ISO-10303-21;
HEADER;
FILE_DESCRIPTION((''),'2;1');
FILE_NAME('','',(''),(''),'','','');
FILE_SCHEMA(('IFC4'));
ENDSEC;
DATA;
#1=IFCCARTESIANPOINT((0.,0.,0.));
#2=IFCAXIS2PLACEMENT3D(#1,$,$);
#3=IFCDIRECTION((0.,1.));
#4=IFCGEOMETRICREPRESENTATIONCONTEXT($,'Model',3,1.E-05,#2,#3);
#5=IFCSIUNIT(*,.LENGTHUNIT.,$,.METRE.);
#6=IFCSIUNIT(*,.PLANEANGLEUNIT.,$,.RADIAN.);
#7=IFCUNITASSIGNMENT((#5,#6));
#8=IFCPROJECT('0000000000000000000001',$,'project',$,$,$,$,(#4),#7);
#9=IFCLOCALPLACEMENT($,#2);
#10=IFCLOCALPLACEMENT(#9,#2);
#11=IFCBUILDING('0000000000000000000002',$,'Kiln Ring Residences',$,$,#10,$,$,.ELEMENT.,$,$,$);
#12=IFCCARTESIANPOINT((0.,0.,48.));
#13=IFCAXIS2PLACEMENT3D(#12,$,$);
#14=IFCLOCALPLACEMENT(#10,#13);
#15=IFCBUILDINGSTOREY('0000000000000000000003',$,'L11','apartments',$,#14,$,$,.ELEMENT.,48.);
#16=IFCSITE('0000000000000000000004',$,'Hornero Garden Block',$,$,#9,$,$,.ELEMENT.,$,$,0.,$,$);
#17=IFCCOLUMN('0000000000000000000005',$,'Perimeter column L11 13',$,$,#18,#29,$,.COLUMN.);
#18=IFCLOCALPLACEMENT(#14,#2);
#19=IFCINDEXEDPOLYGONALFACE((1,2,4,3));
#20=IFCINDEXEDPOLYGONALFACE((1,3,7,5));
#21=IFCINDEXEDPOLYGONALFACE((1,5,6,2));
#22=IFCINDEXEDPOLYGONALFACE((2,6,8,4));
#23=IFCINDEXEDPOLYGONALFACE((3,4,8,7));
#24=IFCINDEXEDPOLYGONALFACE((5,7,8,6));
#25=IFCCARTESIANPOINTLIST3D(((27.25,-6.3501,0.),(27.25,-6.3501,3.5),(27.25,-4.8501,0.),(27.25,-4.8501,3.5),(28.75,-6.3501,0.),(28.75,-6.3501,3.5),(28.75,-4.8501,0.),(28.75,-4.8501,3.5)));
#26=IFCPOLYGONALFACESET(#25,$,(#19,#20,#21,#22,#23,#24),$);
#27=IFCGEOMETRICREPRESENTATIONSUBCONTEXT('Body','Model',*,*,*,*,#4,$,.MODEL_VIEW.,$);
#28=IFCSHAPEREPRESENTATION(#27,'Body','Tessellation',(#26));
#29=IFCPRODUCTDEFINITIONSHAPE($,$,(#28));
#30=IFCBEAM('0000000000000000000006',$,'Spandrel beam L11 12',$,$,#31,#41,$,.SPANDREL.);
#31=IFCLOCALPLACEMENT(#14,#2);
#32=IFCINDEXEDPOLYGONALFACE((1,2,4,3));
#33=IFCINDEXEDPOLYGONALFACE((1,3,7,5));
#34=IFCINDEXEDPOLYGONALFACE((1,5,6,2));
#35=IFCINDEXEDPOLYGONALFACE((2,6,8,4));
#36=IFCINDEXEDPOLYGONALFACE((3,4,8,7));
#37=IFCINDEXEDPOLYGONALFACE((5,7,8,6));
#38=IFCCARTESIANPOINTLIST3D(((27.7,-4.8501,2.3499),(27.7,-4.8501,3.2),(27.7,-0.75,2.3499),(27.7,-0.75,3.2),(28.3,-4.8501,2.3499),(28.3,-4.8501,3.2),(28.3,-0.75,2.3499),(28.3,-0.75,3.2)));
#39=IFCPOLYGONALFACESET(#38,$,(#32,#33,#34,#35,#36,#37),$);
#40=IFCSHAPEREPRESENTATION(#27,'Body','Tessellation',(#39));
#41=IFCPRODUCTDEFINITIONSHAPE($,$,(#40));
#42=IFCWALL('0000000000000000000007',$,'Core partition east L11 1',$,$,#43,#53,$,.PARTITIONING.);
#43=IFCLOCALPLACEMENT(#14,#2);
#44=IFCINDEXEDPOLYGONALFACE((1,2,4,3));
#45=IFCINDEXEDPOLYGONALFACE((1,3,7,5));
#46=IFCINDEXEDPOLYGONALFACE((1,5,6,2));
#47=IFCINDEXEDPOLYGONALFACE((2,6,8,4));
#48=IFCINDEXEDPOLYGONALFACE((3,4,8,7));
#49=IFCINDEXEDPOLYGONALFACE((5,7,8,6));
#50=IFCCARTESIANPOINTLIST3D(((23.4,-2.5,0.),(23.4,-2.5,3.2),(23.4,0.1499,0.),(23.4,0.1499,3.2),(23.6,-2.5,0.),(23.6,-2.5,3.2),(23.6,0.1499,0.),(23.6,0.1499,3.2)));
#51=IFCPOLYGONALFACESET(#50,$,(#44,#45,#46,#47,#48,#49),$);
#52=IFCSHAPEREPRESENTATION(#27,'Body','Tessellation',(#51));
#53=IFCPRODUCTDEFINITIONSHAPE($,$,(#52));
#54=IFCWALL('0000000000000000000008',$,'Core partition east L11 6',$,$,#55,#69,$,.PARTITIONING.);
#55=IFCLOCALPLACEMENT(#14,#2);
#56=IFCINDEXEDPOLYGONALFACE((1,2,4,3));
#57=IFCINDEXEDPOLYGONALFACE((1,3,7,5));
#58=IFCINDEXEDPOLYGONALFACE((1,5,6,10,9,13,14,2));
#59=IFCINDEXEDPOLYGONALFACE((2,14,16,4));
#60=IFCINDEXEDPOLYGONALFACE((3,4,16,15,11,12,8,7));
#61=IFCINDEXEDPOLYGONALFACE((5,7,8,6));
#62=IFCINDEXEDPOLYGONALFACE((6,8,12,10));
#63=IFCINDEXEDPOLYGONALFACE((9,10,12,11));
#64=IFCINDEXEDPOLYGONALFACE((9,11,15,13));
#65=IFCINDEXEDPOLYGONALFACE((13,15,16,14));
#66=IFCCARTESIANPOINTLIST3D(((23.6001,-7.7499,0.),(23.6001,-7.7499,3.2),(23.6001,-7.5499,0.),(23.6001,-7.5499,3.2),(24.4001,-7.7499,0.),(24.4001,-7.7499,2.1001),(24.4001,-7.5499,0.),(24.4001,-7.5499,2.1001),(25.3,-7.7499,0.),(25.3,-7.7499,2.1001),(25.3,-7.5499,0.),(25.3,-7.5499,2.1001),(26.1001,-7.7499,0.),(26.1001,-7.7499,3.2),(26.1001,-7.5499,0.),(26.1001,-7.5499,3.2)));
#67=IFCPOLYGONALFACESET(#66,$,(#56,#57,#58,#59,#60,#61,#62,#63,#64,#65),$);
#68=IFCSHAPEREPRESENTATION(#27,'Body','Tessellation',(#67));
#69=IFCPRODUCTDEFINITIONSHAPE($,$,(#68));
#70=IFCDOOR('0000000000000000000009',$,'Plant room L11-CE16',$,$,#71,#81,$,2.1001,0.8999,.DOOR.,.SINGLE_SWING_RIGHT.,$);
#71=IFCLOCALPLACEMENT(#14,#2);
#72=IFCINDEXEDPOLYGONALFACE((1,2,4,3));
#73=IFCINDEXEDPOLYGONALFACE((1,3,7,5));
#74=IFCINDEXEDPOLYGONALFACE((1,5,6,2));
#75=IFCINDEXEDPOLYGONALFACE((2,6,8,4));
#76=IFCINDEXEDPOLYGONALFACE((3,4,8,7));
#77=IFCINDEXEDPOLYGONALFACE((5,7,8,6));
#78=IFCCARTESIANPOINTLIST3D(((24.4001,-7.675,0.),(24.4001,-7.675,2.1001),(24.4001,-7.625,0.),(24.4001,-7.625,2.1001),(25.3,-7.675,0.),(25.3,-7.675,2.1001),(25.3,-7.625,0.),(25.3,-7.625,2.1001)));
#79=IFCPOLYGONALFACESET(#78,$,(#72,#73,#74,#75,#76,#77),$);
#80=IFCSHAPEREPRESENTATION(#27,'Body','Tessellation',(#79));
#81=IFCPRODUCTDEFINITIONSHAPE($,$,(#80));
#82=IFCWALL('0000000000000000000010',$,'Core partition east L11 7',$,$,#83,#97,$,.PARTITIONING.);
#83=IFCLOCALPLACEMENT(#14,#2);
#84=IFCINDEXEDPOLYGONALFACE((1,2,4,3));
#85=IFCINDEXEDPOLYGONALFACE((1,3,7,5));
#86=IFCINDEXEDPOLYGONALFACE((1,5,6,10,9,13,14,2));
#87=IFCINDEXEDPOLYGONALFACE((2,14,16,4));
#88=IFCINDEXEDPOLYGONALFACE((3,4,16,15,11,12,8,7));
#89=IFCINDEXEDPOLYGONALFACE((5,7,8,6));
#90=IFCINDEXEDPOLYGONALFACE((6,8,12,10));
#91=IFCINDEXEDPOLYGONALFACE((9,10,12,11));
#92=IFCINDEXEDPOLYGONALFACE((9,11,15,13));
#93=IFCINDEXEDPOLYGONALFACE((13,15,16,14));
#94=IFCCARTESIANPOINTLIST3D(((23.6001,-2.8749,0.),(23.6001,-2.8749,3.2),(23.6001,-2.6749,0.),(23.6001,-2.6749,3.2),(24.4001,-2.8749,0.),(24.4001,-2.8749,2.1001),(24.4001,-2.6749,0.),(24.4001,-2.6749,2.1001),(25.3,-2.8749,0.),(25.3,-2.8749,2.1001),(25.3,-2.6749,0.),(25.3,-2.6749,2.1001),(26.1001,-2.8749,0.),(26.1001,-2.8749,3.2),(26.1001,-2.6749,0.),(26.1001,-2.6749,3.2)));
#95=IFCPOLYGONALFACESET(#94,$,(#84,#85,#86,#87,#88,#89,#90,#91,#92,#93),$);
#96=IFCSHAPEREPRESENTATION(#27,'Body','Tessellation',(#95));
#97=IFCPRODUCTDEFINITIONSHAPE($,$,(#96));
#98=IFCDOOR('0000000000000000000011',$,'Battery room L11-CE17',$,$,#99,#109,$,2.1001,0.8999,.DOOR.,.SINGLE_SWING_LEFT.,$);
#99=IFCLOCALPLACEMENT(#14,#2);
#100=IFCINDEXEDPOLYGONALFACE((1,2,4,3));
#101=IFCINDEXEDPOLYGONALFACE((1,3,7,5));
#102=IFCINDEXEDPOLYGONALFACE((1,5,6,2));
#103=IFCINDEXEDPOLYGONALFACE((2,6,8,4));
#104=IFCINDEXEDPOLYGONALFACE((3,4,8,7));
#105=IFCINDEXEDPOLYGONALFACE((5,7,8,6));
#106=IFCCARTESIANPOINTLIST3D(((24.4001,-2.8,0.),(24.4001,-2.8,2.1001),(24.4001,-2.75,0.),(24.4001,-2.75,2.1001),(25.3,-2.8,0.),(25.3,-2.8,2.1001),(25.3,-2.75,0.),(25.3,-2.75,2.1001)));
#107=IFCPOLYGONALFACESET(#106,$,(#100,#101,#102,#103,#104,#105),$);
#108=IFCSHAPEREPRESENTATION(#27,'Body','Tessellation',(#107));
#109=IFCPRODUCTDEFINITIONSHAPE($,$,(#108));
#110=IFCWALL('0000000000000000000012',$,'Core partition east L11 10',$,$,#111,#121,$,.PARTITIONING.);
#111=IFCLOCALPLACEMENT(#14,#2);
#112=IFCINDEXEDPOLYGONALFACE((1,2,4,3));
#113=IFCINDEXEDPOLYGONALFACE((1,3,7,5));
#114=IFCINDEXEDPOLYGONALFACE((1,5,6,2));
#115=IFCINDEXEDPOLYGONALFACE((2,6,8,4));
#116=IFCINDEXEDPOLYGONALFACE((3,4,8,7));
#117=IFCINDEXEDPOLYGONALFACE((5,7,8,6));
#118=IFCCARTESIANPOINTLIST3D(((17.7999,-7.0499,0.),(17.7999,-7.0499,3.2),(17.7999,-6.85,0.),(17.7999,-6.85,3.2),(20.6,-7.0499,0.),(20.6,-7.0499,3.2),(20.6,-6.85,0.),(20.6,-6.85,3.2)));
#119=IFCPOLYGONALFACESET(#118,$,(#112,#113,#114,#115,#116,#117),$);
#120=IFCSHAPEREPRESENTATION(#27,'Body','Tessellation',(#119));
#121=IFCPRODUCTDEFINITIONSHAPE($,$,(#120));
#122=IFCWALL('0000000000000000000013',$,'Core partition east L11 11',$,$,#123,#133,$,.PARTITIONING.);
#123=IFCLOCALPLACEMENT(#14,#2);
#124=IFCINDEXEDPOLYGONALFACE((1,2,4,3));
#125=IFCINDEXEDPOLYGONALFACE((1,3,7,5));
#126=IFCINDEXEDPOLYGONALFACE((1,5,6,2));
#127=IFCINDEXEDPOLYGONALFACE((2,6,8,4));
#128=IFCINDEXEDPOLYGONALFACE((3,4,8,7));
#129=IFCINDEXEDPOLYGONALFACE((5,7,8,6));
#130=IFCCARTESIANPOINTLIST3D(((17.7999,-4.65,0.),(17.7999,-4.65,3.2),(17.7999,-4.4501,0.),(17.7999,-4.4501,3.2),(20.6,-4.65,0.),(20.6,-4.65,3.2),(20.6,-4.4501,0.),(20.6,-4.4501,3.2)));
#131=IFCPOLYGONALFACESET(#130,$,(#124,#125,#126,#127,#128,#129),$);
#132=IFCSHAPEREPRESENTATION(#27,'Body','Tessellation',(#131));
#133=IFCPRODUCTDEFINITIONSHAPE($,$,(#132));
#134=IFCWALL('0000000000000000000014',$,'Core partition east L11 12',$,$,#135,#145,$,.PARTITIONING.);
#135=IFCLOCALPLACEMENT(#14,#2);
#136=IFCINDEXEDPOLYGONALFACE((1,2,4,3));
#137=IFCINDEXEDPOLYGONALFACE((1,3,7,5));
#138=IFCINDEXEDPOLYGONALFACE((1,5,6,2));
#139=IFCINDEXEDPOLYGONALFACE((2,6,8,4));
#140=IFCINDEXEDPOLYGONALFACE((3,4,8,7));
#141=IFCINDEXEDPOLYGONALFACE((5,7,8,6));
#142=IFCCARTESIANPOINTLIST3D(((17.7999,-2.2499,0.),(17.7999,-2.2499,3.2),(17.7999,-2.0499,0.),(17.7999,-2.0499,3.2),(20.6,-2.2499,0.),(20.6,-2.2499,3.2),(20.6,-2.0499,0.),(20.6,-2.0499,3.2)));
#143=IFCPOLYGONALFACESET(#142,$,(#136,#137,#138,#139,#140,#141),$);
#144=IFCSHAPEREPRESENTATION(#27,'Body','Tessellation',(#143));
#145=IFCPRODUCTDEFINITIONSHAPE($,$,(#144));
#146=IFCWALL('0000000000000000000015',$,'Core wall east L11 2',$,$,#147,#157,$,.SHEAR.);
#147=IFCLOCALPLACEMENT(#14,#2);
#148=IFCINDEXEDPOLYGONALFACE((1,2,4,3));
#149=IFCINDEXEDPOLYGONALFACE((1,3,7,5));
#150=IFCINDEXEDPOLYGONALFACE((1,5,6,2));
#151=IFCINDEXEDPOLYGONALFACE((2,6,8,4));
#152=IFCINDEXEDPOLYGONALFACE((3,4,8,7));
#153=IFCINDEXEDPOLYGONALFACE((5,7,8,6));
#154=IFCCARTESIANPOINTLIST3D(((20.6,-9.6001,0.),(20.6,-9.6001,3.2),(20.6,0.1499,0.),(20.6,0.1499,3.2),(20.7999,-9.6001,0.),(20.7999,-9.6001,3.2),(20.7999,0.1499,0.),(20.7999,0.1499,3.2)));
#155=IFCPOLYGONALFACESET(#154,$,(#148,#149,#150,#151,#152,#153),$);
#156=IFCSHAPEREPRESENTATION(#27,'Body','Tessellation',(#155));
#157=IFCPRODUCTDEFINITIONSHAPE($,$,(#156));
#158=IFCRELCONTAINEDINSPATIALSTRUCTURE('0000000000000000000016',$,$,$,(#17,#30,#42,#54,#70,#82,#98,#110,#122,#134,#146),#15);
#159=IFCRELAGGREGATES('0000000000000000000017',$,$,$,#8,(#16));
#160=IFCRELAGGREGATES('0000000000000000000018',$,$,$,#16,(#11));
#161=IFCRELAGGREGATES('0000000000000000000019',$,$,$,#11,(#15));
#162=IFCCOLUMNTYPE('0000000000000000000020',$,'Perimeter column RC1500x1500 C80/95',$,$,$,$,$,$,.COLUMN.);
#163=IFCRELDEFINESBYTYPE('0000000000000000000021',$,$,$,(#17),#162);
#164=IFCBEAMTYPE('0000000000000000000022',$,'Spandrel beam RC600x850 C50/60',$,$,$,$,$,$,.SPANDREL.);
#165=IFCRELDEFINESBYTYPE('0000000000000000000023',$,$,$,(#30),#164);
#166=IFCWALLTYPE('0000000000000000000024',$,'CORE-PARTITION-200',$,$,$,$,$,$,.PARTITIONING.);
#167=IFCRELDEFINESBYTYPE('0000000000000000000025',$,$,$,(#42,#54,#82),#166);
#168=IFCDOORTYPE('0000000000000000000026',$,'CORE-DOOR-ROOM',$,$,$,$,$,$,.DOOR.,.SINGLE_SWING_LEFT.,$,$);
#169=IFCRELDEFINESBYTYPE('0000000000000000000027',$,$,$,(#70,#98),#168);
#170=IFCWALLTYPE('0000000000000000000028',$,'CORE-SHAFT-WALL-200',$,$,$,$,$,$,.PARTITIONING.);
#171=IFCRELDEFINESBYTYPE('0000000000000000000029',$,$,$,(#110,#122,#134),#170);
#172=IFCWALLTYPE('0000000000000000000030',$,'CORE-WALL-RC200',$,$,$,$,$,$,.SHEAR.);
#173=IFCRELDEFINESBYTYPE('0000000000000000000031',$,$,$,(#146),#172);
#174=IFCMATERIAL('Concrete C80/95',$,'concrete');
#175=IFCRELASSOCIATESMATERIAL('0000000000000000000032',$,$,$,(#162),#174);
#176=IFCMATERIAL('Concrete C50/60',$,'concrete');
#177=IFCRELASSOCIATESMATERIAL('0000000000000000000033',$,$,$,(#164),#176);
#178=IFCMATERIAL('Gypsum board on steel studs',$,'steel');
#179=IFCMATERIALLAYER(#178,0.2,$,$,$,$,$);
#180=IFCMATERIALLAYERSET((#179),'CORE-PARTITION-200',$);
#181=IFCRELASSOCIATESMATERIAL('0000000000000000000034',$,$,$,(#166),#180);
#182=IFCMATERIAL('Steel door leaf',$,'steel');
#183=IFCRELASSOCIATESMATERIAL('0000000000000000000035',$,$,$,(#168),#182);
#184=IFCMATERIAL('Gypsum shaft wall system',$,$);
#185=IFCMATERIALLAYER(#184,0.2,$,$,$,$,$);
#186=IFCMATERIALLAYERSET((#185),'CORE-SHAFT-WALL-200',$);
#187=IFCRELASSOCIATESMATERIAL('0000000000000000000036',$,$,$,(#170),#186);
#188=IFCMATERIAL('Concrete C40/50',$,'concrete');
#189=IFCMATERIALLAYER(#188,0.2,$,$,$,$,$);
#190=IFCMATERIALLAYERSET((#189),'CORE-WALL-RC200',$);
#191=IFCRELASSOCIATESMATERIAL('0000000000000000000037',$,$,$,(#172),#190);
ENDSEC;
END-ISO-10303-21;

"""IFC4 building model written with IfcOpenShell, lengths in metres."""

from ifc_helpers import new_model, si_unit, direction, frame, frame_2d, origin, origin_2d, place, context, subcontext, project, spatial, rectangle, extrude, material, layer, layer_set, material_profile, profile_set, type_object, element, fill, save


model = new_model("IFC4")

# Units and contexts
model_context = context("Model", 3, precision=1e-05, world=origin(), true_north=direction((0.0, 1.0)))
body_context = subcontext(model_context, "Body", "Model", "MODEL_VIEW")
ifc_project = project(units=[si_unit("LENGTHUNIT", "METRE"), si_unit("PLANEANGLEUNIT", "RADIAN")], contexts=[model_context])

# Site, building, storey
site_placement = place(None, origin())
site = spatial("IfcSite", under=ifc_project, at=site_placement, Name="Hornero Garden Block", CompositionType="ELEMENT", RefElevation=0.0)
building_placement = place(site_placement, origin())
building = spatial("IfcBuilding", under=site, at=building_placement, Name="Kiln Ring Residences", CompositionType="ELEMENT")
storey_placement = place(building_placement, frame((0.0, 0.0, 48.0)))
storey = spatial("IfcBuildingStorey", under=building, at=storey_placement, Name="L11", Description="apartments", CompositionType="ELEMENT", Elevation=48.0)

# Column
ifc_material_1 = material(Name="Concrete C80/95", Category="concrete")
ifc_material_profile_1 = material_profile(ifc_material_1, rectangle(XDim=1.5, YDim=1.5, at=origin_2d()), Name="RC1500x1500")
ifc_profile_set_1 = profile_set([ifc_material_profile_1], Name="Concrete C80/95")
column_type = type_object("IfcColumnType", Name="Perimeter column RC1500x1500 C80/95", PredefinedType="COLUMN", material=ifc_profile_set_1)
column_placement = place(storey_placement, frame((28.0, -5.6001, 0.0), z_axis=(0.0, 0.0, 1.0), x_axis=(1.0, 0.0, 0.0)))
element("IfcColumn", 1, at=column_placement, inside=storey, type_object=column_type, Name="Perimeter column L11 13", PredefinedType="COLUMN", context=body_context, shape_type="SweptSolid", body=[
    extrude(rectangle(XDim=1.5, YDim=1.5, at=origin_2d()), origin(), (0.0, 0.0, 1.0), 3.5),
])

# Beam
ifc_material_2 = material(Name="Concrete C50/60", Category="concrete")
ifc_material_profile_2 = material_profile(ifc_material_2, rectangle(XDim=0.6001, YDim=0.8501, at=origin_2d()), Name="RC600x850")
ifc_profile_set_2 = profile_set([ifc_material_profile_2], Name="Concrete C50/60")
beam_type = type_object("IfcBeamType", Name="Spandrel beam RC600x850 C50/60", PredefinedType="SPANDREL", material=ifc_profile_set_2)
beam_placement = place(storey_placement, frame((28.0, -4.8501, 2.7749), z_axis=(0.0, 1.0, 0.0), x_axis=(-1.0, 0.0, 0.0)))
element("IfcBeam", 2, at=beam_placement, inside=storey, type_object=beam_type, Name="Spandrel beam L11 12", PredefinedType="SPANDREL", context=body_context, shape_type="SweptSolid", body=[
    extrude(rectangle(XDim=0.6001, YDim=0.8501, at=origin_2d()), origin(), (0.0, 0.0, 1.0), 4.1001),
])

# Wall
ifc_material_3 = material(Name="Gypsum board on steel studs", Category="steel")
ifc_layer_1 = layer(ifc_material_3, 0.2)
ifc_layer_set_1 = layer_set([ifc_layer_1], Name="CORE-PARTITION-200")
wall_type_1 = type_object("IfcWallType", Name="CORE-PARTITION-200", PredefinedType="PARTITIONING", material=ifc_layer_set_1)
wall_1_placement = place(storey_placement, frame((23.5, -2.5, 0.0), z_axis=(0.0, 0.0, 1.0), x_axis=(0.0, 1.0, 0.0)))
element("IfcWall", 3, at=wall_1_placement, inside=storey, type_object=wall_type_1, Name="Core partition east L11 1", PredefinedType="PARTITIONING", context=body_context, shape_type="SweptSolid", body=[
    extrude(rectangle(XDim=2.6499, YDim=0.2, at=frame_2d((1.325, 0.0))), origin(), (0.0, 0.0, 1.0), 3.2),
])

# Walls, openings, doors
wall_2_placement = place(storey_placement, frame((23.6001, -7.6499, 0.0), z_axis=(0.0, 0.0, 1.0), x_axis=(1.0, 0.0, 0.0)))
wall_2 = element("IfcWall", 4, at=wall_2_placement, inside=storey, type_object=wall_type_1, Name="Core partition east L11 6", PredefinedType="PARTITIONING", context=body_context, shape_type="SweptSolid", body=[
    extrude(rectangle(XDim=2.5, YDim=0.2, at=frame_2d((1.25, 0.0))), origin(), (0.0, 0.0, 1.0), 3.2),
])
opening_1_placement = place(wall_2_placement, frame((0.8, 0.0, 0.0)))
opening_1 = element("IfcOpeningElement", 5, at=opening_1_placement, cuts=wall_2, PredefinedType="OPENING", context=body_context, shape_type="SweptSolid", body=[
    extrude(rectangle(XDim=0.8999, YDim=2.1001, at=frame_2d((0.45, 1.05))), frame((0.0, 0.1099, 0.0), z_axis=(0.0, -1.0, 0.0), x_axis=(1.0, 0.0, 0.0)), (0.0, 0.0, 1.0), 0.22),
])
ifc_material_4 = material(Name="Steel door leaf", Category="steel")
door_type_1 = type_object("IfcDoorType", Name="CORE-DOOR-ROOM", OperationType="SINGLE_SWING_LEFT", PredefinedType="DOOR", material=ifc_material_4)
door_1_placement = place(opening_1_placement, origin())
door_1 = element("IfcDoor", 6, at=door_1_placement, inside=storey, type_object=door_type_1, Name="Plant room L11-CE16", OperationType="SINGLE_SWING_RIGHT", OverallHeight=2.1001, OverallWidth=0.8999, PredefinedType="DOOR", context=body_context, shape_type="SweptSolid", body=[
    extrude(rectangle(XDim=0.8999, YDim=2.1001, at=frame_2d((0.45, 1.05))), frame((0.0, 0.0249, 0.0), z_axis=(0.0, -1.0, 0.0), x_axis=(1.0, 0.0, 0.0)), (0.0, 0.0, 1.0), 0.05),
])
fill(opening_1, door_1)
wall_3_placement = place(storey_placement, frame((23.6001, -2.7749, 0.0), z_axis=(0.0, 0.0, 1.0), x_axis=(1.0, 0.0, 0.0)))
wall_3 = element("IfcWall", 7, at=wall_3_placement, inside=storey, type_object=wall_type_1, Name="Core partition east L11 7", PredefinedType="PARTITIONING", context=body_context, shape_type="SweptSolid", body=[
    extrude(rectangle(XDim=2.5, YDim=0.2, at=frame_2d((1.25, 0.0))), origin(), (0.0, 0.0, 1.0), 3.2),
])
opening_2_placement = place(wall_3_placement, frame((0.8, 0.0, 0.0)))
opening_2 = element("IfcOpeningElement", 8, at=opening_2_placement, cuts=wall_3, PredefinedType="OPENING", context=body_context, shape_type="SweptSolid", body=[
    extrude(rectangle(XDim=0.8999, YDim=2.1001, at=frame_2d((0.45, 1.05))), frame((0.0, 0.1099, 0.0), z_axis=(0.0, -1.0, 0.0), x_axis=(1.0, 0.0, 0.0)), (0.0, 0.0, 1.0), 0.22),
])
door_2_placement = place(opening_2_placement, origin())
door_2 = element("IfcDoor", 9, at=door_2_placement, inside=storey, type_object=door_type_1, Name="Battery room L11-CE17", OperationType="SINGLE_SWING_LEFT", OverallHeight=2.1001, OverallWidth=0.8999, PredefinedType="DOOR", context=body_context, shape_type="SweptSolid", body=[
    extrude(rectangle(XDim=0.8999, YDim=2.1001, at=frame_2d((0.45, 1.05))), frame((0.0, 0.0249, 0.0), z_axis=(0.0, -1.0, 0.0), x_axis=(1.0, 0.0, 0.0)), (0.0, 0.0, 1.0), 0.05),
])
fill(opening_2, door_2)

# Walls
ifc_material_5 = material(Name="Gypsum shaft wall system")
ifc_layer_2 = layer(ifc_material_5, 0.2)
ifc_layer_set_2 = layer_set([ifc_layer_2], Name="CORE-SHAFT-WALL-200")
wall_type_2 = type_object("IfcWallType", Name="CORE-SHAFT-WALL-200", PredefinedType="PARTITIONING", material=ifc_layer_set_2)
for number, where, z_axis, x_axis, name in (
    (10, (17.8, -6.95, 0.0), (0.0, 0.0, 1.0), (1.0, 0.0, 0.0), "Core partition east L11 10"),
    (11, (17.8, -4.55, 0.0), (0.0, 0.0, 1.0), (1.0, 0.0, 0.0), "Core partition east L11 11"),
    (12, (17.8, -2.1499, 0.0), (0.0, 0.0, 1.0), (1.0, 0.0, 0.0), "Core partition east L11 12"),
):
    element("IfcWall", number, at=place(storey_placement, frame(where, z_axis=z_axis, x_axis=x_axis)), inside=storey, type_object=wall_type_2, Name=name, PredefinedType="PARTITIONING", context=body_context, shape_type="SweptSolid", body=[
        extrude(rectangle(XDim=2.8, YDim=0.2, at=frame_2d((1.3999, 0.0))), origin(), (0.0, 0.0, 1.0), 3.2),
    ])
ifc_material_6 = material(Name="Concrete C40/50", Category="concrete")
ifc_layer_3 = layer(ifc_material_6, 0.2)
ifc_layer_set_3 = layer_set([ifc_layer_3], Name="CORE-WALL-RC200")
wall_type_3 = type_object("IfcWallType", Name="CORE-WALL-RC200", PredefinedType="SHEAR", material=ifc_layer_set_3)
wall_4_placement = place(storey_placement, frame((20.7, -9.6001, 0.0), z_axis=(0.0, 0.0, 1.0), x_axis=(0.0, 1.0, 0.0)))
element("IfcWall", 13, at=wall_4_placement, inside=storey, type_object=wall_type_3, Name="Core wall east L11 2", PredefinedType="SHEAR", context=body_context, shape_type="SweptSolid", body=[
    extrude(rectangle(XDim=9.75, YDim=0.2, at=frame_2d((4.875, 0.0))), origin(), (0.0, 0.0, 1.0), 3.2),
])

save(model, "model.ifc")
